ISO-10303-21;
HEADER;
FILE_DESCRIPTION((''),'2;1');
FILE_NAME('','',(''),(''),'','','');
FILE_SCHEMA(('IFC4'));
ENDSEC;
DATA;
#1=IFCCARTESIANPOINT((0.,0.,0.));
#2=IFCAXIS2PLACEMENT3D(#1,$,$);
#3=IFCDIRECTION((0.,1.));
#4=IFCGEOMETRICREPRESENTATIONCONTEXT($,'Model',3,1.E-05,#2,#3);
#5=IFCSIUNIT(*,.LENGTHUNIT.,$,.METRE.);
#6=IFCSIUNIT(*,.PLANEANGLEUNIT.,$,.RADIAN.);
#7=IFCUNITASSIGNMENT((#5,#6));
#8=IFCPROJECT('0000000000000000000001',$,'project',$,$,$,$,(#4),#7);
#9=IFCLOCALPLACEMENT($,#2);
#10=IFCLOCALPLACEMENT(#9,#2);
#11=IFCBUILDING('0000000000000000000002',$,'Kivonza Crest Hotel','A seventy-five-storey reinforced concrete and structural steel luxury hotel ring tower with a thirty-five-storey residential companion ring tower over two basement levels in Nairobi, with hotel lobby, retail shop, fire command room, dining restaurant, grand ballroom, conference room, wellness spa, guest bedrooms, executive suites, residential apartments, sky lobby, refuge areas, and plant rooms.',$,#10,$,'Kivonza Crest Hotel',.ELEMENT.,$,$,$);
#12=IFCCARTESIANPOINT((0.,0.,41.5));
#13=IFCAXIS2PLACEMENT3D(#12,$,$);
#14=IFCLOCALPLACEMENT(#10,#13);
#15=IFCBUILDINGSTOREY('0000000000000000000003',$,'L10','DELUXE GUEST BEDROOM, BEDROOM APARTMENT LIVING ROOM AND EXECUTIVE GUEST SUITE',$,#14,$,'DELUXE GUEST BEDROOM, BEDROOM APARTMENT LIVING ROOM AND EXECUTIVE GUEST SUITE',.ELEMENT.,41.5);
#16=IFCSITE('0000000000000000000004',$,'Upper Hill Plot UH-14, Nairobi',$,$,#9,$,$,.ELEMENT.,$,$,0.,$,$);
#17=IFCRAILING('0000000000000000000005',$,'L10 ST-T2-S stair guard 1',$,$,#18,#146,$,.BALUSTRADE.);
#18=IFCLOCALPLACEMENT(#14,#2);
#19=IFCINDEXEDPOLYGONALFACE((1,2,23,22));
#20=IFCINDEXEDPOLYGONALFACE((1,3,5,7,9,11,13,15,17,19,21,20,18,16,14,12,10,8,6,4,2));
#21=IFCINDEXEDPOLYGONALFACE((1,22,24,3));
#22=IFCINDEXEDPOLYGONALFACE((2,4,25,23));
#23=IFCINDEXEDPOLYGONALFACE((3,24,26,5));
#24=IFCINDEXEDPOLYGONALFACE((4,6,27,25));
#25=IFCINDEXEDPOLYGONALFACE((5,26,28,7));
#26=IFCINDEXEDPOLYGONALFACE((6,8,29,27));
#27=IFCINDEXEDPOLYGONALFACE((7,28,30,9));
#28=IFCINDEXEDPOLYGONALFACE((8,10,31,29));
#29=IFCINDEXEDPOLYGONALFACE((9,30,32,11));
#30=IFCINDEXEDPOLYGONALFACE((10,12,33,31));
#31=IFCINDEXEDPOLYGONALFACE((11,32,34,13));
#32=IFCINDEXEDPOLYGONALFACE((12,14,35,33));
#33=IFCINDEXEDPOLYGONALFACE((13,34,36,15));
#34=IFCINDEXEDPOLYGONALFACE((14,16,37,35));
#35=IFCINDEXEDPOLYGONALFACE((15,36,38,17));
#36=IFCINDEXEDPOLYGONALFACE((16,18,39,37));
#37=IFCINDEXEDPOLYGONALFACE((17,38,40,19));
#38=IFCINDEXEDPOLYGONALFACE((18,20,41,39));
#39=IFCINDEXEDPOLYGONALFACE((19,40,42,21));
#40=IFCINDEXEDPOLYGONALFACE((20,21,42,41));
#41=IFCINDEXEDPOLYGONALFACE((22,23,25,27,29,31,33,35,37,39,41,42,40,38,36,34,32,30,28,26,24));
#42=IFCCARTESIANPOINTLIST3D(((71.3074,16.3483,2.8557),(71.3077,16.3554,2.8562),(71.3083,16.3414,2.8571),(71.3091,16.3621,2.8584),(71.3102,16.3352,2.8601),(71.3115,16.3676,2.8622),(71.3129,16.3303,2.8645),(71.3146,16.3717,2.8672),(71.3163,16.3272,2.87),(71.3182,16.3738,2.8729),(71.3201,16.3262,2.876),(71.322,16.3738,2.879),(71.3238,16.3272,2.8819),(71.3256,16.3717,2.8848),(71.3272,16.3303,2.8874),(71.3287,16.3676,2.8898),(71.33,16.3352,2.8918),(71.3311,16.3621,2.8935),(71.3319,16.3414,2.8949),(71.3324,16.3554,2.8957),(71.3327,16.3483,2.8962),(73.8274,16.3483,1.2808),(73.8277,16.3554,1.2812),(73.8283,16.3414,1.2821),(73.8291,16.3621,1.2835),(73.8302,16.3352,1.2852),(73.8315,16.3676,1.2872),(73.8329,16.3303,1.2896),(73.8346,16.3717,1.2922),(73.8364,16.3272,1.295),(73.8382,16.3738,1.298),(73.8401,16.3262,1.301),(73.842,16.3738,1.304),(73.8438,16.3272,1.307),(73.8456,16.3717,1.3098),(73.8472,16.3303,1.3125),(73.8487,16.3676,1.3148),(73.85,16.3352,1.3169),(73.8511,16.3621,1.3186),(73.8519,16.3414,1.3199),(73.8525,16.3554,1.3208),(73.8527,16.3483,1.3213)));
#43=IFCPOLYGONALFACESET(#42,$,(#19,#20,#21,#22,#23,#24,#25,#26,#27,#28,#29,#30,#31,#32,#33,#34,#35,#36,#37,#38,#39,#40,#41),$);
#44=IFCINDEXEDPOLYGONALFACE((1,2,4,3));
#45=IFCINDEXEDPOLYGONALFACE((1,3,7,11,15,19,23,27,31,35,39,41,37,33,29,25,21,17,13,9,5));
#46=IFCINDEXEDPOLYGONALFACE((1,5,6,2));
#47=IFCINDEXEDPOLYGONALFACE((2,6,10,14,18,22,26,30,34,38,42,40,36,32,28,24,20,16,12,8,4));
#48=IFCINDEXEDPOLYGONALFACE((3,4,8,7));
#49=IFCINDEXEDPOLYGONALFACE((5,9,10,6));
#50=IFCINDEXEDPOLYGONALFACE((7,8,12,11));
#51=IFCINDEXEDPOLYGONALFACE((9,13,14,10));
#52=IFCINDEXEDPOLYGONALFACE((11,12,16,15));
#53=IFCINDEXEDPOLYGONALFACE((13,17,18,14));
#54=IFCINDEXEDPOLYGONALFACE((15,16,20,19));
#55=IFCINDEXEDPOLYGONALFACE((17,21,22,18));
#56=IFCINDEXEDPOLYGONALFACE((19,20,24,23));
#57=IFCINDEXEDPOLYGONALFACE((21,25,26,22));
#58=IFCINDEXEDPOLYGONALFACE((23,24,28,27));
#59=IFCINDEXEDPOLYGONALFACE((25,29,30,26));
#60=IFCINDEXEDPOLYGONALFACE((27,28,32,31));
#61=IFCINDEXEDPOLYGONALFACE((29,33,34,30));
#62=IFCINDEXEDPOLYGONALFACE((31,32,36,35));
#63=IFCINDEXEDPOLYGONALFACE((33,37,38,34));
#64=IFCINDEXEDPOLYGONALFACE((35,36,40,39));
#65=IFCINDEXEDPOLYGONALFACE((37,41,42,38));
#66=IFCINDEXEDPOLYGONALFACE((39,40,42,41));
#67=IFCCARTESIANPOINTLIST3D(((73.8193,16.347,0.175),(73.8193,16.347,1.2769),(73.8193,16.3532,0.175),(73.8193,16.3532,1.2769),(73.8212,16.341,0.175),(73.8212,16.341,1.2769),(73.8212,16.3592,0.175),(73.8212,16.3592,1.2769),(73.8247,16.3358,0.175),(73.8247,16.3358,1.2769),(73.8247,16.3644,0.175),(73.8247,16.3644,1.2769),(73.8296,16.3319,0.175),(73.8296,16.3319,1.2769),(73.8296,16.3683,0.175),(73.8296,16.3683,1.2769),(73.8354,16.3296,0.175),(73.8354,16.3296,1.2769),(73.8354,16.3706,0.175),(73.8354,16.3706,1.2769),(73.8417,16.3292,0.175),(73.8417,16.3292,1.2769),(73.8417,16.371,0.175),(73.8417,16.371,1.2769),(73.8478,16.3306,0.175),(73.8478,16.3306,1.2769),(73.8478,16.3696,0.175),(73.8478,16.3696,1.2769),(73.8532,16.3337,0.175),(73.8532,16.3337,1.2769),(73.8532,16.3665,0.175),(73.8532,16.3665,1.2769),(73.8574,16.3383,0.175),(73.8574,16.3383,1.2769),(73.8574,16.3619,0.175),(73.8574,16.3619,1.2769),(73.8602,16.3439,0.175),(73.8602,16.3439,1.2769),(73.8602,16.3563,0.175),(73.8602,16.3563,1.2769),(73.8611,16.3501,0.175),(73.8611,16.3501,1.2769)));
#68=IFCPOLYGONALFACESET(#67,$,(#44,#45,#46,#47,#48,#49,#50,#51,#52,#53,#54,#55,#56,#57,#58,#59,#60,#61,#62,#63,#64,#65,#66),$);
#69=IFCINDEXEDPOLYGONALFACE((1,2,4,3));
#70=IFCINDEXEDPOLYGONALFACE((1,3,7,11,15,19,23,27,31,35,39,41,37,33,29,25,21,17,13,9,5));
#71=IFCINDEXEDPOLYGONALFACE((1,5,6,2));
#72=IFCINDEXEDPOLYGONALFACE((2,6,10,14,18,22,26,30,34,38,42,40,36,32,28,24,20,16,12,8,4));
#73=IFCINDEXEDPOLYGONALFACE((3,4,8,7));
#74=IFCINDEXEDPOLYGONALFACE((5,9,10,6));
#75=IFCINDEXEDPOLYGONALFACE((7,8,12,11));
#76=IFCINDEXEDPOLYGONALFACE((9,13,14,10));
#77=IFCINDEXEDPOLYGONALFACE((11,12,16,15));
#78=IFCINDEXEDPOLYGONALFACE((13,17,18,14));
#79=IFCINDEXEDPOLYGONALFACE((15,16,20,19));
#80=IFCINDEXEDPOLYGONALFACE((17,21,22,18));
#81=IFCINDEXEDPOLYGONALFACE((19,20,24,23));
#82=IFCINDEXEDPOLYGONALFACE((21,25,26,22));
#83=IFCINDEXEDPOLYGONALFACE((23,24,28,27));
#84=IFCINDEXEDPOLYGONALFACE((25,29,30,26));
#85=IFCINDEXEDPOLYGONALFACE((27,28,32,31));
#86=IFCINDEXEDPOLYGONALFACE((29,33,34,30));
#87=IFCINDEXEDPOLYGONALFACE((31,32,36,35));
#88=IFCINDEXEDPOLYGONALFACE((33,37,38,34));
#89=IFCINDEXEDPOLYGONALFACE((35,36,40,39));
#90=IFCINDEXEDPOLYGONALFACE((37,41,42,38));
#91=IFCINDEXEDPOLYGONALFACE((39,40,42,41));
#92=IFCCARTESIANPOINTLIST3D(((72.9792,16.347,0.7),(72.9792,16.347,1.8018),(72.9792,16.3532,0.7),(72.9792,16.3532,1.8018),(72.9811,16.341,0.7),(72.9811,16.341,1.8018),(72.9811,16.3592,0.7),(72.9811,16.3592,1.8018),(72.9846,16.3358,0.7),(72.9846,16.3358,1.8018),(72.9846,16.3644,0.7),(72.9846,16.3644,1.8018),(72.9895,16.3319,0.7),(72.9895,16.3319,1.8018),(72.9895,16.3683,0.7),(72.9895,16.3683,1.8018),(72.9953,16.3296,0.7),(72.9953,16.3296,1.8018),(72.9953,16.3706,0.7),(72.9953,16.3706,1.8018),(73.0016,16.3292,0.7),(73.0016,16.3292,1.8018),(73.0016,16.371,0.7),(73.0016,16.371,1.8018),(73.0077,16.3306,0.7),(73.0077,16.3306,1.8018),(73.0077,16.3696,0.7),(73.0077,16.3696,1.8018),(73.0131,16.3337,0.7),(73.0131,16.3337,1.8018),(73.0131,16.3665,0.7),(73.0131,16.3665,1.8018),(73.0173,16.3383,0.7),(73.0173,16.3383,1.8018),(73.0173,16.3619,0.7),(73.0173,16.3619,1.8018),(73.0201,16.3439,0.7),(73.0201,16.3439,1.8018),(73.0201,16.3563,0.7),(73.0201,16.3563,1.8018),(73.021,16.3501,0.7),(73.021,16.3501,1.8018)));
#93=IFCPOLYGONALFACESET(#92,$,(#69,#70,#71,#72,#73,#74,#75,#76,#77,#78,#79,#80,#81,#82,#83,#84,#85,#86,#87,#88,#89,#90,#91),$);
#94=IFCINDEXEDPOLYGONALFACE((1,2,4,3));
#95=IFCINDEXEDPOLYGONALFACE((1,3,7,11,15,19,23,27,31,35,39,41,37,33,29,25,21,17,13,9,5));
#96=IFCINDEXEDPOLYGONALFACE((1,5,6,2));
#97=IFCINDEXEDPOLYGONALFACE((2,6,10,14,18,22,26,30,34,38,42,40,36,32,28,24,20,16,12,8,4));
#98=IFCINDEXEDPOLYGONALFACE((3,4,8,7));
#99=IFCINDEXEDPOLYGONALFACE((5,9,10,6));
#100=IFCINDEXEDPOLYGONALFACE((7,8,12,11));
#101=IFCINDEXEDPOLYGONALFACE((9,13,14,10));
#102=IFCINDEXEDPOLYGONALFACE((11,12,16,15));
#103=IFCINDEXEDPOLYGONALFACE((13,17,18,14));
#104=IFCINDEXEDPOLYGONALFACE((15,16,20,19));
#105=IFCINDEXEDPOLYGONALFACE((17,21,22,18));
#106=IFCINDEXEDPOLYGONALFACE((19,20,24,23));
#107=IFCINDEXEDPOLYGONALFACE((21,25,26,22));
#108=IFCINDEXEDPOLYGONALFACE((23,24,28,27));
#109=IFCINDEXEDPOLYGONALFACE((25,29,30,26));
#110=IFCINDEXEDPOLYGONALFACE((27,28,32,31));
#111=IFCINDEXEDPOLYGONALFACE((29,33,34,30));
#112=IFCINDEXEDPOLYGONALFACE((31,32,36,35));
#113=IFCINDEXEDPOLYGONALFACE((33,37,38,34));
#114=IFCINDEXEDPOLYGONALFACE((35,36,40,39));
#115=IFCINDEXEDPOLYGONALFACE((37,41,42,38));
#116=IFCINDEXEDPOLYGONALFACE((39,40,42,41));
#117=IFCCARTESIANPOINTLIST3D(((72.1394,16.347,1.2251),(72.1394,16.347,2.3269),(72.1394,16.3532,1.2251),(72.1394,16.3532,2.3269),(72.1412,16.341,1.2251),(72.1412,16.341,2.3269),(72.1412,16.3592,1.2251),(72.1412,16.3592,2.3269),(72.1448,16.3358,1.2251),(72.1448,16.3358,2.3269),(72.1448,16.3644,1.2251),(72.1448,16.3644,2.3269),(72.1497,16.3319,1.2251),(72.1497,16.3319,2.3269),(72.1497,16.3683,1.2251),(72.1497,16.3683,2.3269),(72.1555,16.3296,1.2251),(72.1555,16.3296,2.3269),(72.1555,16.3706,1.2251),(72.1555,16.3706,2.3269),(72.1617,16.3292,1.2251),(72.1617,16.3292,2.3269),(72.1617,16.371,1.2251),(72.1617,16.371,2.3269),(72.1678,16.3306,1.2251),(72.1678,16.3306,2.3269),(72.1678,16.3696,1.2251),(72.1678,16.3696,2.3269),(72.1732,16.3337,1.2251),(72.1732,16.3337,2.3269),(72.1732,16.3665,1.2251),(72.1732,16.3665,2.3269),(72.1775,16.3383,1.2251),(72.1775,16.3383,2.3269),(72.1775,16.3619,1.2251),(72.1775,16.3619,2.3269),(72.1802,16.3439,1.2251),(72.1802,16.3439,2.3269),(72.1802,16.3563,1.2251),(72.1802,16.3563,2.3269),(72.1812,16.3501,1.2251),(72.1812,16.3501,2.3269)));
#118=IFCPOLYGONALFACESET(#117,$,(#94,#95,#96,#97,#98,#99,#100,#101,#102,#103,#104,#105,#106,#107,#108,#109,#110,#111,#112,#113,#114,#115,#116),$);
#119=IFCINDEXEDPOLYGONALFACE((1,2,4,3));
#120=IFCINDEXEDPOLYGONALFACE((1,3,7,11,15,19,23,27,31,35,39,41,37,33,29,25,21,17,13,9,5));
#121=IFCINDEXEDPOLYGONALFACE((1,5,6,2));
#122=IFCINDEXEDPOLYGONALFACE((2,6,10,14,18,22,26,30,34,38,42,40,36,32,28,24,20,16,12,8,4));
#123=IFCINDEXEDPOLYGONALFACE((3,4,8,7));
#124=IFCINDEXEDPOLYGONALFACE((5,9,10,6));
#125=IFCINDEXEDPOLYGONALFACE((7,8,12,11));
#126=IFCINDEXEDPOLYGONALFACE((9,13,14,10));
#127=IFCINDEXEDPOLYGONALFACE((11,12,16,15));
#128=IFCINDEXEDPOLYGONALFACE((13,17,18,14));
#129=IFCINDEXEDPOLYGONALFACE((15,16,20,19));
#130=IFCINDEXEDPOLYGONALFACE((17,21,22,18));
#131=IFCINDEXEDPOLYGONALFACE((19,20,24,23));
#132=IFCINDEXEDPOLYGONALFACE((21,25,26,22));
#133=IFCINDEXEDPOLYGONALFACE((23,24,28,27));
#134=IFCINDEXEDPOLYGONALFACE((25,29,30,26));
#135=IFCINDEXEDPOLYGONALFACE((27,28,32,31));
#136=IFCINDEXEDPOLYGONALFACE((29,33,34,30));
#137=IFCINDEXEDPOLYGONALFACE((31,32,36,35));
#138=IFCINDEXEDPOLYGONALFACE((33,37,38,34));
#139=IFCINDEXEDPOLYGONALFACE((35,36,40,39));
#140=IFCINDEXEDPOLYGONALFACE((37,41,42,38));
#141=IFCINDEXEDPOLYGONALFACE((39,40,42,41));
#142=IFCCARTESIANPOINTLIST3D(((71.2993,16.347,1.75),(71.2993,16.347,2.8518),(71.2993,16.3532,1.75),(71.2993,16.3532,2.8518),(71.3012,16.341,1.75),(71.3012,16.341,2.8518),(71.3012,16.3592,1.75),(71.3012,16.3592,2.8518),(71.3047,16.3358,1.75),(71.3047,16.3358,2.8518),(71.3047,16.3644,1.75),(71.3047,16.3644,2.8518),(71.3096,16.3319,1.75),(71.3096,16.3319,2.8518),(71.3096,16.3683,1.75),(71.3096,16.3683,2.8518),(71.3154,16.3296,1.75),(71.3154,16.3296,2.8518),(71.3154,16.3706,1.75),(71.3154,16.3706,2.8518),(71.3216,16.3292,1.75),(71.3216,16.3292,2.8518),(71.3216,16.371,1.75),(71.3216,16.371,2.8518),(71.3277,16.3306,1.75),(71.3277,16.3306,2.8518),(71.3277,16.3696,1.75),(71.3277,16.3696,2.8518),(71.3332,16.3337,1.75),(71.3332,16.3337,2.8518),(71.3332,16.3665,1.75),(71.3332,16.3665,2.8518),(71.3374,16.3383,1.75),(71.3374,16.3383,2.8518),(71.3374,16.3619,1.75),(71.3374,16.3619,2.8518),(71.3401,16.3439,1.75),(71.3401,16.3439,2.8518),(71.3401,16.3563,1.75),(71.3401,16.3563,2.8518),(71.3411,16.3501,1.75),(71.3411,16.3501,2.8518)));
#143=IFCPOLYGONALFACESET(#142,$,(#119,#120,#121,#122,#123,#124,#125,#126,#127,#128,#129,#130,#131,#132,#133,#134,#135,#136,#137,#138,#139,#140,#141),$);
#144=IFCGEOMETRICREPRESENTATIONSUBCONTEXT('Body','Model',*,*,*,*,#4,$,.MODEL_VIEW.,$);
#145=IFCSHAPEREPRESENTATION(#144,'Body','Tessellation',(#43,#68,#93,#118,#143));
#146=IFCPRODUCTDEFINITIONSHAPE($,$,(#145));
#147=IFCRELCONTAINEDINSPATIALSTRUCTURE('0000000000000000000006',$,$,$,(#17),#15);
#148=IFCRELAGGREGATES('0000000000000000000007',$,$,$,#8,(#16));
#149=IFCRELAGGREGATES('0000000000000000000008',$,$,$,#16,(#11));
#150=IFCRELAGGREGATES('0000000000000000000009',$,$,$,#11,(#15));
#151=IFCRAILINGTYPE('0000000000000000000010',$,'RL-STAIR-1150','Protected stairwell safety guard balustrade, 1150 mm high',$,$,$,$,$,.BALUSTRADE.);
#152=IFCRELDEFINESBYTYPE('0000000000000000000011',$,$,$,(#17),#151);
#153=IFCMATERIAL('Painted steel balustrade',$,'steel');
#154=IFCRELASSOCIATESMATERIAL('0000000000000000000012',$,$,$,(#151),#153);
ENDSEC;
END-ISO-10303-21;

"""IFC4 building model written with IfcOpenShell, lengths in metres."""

from ifc_helpers import new_model, si_unit, direction, frame, origin, origin_2d, place, context, subcontext, project, spatial, circle, extrude, material, type_object, element, save


model = new_model("IFC4")

# Units and contexts
model_context = context("Model", 3, precision=1e-05, world=origin(), true_north=direction((0.0, 1.0)))
body_context = subcontext(model_context, "Body", "Model", "MODEL_VIEW")
ifc_project = project(units=[si_unit("LENGTHUNIT", "METRE"), si_unit("PLANEANGLEUNIT", "RADIAN")], contexts=[model_context])

# Site, building, storey
site_placement = place(None, origin())
site = spatial("IfcSite", under=ifc_project, at=site_placement, Name="Upper Hill Plot UH-14, Nairobi", CompositionType="ELEMENT", RefElevation=0.0)
building_placement = place(site_placement, origin())
building = spatial("IfcBuilding", under=site, at=building_placement, Name="Kivonza Crest Hotel", Description="A seventy-five-storey reinforced concrete and structural steel luxury hotel ring tower with a thirty-five-storey residential companion ring tower over two basement levels in Nairobi, with hotel lobby, retail shop, fire command room, dining restaurant, grand ballroom, conference room, wellness spa, guest bedrooms, executive suites, residential apartments, sky lobby, refuge areas, and plant rooms.", LongName="Kivonza Crest Hotel", CompositionType="ELEMENT")
storey_placement = place(building_placement, frame((0.0, 0.0, 41.5)))
storey = spatial("IfcBuildingStorey", under=building, at=storey_placement, Name="L10", Description="DELUXE GUEST BEDROOM, BEDROOM APARTMENT LIVING ROOM AND EXECUTIVE GUEST SUITE", LongName="DELUXE GUEST BEDROOM, BEDROOM APARTMENT LIVING ROOM AND EXECUTIVE GUEST SUITE", CompositionType="ELEMENT", Elevation=41.5)

# Railing
ifc_material_1 = material(Name="Painted steel balustrade", Category="steel")
railing_type_1 = type_object("IfcRailingType", Name="RL-STAIR-1150", Description="Protected stairwell safety guard balustrade, 1150 mm high", PredefinedType="BALUSTRADE", material=ifc_material_1)
railing_1_placement = place(storey_placement, frame((73.8401, 16.3501, 0.175)))
element("IfcRailing", 1, at=railing_1_placement, inside=storey, type_object=railing_type_1, Name="L10 ST-T2-S stair guard 1", PredefinedType="BALUSTRADE", context=body_context, shape_type="SweptSolid", body=[
    extrude(circle(Radius=0.0239, at=origin_2d()), frame((0.0, 0.0, 1.126), z_axis=(-0.848008, 0.0, 0.529984), x_axis=(0.0, -1.0, 0.0)), (0.0, 0.0, 1.0), 2.9717),
    extrude(circle(Radius=0.021, at=origin_2d()), origin(), (0.0, 0.0, 1.0), 1.1018),
    extrude(circle(Radius=0.021, at=origin_2d()), frame((-0.8401, 0.0, 0.5249)), (0.0, 0.0, 1.0), 1.1018),
    extrude(circle(Radius=0.021, at=origin_2d()), frame((-1.6799, 0.0, 1.05)), (0.0, 0.0, 1.0), 1.1018),
    extrude(circle(Radius=0.021, at=origin_2d()), frame((-2.52, 0.0, 1.575)), (0.0, 0.0, 1.0), 1.1018),
])

save(model, "model.ifc")
